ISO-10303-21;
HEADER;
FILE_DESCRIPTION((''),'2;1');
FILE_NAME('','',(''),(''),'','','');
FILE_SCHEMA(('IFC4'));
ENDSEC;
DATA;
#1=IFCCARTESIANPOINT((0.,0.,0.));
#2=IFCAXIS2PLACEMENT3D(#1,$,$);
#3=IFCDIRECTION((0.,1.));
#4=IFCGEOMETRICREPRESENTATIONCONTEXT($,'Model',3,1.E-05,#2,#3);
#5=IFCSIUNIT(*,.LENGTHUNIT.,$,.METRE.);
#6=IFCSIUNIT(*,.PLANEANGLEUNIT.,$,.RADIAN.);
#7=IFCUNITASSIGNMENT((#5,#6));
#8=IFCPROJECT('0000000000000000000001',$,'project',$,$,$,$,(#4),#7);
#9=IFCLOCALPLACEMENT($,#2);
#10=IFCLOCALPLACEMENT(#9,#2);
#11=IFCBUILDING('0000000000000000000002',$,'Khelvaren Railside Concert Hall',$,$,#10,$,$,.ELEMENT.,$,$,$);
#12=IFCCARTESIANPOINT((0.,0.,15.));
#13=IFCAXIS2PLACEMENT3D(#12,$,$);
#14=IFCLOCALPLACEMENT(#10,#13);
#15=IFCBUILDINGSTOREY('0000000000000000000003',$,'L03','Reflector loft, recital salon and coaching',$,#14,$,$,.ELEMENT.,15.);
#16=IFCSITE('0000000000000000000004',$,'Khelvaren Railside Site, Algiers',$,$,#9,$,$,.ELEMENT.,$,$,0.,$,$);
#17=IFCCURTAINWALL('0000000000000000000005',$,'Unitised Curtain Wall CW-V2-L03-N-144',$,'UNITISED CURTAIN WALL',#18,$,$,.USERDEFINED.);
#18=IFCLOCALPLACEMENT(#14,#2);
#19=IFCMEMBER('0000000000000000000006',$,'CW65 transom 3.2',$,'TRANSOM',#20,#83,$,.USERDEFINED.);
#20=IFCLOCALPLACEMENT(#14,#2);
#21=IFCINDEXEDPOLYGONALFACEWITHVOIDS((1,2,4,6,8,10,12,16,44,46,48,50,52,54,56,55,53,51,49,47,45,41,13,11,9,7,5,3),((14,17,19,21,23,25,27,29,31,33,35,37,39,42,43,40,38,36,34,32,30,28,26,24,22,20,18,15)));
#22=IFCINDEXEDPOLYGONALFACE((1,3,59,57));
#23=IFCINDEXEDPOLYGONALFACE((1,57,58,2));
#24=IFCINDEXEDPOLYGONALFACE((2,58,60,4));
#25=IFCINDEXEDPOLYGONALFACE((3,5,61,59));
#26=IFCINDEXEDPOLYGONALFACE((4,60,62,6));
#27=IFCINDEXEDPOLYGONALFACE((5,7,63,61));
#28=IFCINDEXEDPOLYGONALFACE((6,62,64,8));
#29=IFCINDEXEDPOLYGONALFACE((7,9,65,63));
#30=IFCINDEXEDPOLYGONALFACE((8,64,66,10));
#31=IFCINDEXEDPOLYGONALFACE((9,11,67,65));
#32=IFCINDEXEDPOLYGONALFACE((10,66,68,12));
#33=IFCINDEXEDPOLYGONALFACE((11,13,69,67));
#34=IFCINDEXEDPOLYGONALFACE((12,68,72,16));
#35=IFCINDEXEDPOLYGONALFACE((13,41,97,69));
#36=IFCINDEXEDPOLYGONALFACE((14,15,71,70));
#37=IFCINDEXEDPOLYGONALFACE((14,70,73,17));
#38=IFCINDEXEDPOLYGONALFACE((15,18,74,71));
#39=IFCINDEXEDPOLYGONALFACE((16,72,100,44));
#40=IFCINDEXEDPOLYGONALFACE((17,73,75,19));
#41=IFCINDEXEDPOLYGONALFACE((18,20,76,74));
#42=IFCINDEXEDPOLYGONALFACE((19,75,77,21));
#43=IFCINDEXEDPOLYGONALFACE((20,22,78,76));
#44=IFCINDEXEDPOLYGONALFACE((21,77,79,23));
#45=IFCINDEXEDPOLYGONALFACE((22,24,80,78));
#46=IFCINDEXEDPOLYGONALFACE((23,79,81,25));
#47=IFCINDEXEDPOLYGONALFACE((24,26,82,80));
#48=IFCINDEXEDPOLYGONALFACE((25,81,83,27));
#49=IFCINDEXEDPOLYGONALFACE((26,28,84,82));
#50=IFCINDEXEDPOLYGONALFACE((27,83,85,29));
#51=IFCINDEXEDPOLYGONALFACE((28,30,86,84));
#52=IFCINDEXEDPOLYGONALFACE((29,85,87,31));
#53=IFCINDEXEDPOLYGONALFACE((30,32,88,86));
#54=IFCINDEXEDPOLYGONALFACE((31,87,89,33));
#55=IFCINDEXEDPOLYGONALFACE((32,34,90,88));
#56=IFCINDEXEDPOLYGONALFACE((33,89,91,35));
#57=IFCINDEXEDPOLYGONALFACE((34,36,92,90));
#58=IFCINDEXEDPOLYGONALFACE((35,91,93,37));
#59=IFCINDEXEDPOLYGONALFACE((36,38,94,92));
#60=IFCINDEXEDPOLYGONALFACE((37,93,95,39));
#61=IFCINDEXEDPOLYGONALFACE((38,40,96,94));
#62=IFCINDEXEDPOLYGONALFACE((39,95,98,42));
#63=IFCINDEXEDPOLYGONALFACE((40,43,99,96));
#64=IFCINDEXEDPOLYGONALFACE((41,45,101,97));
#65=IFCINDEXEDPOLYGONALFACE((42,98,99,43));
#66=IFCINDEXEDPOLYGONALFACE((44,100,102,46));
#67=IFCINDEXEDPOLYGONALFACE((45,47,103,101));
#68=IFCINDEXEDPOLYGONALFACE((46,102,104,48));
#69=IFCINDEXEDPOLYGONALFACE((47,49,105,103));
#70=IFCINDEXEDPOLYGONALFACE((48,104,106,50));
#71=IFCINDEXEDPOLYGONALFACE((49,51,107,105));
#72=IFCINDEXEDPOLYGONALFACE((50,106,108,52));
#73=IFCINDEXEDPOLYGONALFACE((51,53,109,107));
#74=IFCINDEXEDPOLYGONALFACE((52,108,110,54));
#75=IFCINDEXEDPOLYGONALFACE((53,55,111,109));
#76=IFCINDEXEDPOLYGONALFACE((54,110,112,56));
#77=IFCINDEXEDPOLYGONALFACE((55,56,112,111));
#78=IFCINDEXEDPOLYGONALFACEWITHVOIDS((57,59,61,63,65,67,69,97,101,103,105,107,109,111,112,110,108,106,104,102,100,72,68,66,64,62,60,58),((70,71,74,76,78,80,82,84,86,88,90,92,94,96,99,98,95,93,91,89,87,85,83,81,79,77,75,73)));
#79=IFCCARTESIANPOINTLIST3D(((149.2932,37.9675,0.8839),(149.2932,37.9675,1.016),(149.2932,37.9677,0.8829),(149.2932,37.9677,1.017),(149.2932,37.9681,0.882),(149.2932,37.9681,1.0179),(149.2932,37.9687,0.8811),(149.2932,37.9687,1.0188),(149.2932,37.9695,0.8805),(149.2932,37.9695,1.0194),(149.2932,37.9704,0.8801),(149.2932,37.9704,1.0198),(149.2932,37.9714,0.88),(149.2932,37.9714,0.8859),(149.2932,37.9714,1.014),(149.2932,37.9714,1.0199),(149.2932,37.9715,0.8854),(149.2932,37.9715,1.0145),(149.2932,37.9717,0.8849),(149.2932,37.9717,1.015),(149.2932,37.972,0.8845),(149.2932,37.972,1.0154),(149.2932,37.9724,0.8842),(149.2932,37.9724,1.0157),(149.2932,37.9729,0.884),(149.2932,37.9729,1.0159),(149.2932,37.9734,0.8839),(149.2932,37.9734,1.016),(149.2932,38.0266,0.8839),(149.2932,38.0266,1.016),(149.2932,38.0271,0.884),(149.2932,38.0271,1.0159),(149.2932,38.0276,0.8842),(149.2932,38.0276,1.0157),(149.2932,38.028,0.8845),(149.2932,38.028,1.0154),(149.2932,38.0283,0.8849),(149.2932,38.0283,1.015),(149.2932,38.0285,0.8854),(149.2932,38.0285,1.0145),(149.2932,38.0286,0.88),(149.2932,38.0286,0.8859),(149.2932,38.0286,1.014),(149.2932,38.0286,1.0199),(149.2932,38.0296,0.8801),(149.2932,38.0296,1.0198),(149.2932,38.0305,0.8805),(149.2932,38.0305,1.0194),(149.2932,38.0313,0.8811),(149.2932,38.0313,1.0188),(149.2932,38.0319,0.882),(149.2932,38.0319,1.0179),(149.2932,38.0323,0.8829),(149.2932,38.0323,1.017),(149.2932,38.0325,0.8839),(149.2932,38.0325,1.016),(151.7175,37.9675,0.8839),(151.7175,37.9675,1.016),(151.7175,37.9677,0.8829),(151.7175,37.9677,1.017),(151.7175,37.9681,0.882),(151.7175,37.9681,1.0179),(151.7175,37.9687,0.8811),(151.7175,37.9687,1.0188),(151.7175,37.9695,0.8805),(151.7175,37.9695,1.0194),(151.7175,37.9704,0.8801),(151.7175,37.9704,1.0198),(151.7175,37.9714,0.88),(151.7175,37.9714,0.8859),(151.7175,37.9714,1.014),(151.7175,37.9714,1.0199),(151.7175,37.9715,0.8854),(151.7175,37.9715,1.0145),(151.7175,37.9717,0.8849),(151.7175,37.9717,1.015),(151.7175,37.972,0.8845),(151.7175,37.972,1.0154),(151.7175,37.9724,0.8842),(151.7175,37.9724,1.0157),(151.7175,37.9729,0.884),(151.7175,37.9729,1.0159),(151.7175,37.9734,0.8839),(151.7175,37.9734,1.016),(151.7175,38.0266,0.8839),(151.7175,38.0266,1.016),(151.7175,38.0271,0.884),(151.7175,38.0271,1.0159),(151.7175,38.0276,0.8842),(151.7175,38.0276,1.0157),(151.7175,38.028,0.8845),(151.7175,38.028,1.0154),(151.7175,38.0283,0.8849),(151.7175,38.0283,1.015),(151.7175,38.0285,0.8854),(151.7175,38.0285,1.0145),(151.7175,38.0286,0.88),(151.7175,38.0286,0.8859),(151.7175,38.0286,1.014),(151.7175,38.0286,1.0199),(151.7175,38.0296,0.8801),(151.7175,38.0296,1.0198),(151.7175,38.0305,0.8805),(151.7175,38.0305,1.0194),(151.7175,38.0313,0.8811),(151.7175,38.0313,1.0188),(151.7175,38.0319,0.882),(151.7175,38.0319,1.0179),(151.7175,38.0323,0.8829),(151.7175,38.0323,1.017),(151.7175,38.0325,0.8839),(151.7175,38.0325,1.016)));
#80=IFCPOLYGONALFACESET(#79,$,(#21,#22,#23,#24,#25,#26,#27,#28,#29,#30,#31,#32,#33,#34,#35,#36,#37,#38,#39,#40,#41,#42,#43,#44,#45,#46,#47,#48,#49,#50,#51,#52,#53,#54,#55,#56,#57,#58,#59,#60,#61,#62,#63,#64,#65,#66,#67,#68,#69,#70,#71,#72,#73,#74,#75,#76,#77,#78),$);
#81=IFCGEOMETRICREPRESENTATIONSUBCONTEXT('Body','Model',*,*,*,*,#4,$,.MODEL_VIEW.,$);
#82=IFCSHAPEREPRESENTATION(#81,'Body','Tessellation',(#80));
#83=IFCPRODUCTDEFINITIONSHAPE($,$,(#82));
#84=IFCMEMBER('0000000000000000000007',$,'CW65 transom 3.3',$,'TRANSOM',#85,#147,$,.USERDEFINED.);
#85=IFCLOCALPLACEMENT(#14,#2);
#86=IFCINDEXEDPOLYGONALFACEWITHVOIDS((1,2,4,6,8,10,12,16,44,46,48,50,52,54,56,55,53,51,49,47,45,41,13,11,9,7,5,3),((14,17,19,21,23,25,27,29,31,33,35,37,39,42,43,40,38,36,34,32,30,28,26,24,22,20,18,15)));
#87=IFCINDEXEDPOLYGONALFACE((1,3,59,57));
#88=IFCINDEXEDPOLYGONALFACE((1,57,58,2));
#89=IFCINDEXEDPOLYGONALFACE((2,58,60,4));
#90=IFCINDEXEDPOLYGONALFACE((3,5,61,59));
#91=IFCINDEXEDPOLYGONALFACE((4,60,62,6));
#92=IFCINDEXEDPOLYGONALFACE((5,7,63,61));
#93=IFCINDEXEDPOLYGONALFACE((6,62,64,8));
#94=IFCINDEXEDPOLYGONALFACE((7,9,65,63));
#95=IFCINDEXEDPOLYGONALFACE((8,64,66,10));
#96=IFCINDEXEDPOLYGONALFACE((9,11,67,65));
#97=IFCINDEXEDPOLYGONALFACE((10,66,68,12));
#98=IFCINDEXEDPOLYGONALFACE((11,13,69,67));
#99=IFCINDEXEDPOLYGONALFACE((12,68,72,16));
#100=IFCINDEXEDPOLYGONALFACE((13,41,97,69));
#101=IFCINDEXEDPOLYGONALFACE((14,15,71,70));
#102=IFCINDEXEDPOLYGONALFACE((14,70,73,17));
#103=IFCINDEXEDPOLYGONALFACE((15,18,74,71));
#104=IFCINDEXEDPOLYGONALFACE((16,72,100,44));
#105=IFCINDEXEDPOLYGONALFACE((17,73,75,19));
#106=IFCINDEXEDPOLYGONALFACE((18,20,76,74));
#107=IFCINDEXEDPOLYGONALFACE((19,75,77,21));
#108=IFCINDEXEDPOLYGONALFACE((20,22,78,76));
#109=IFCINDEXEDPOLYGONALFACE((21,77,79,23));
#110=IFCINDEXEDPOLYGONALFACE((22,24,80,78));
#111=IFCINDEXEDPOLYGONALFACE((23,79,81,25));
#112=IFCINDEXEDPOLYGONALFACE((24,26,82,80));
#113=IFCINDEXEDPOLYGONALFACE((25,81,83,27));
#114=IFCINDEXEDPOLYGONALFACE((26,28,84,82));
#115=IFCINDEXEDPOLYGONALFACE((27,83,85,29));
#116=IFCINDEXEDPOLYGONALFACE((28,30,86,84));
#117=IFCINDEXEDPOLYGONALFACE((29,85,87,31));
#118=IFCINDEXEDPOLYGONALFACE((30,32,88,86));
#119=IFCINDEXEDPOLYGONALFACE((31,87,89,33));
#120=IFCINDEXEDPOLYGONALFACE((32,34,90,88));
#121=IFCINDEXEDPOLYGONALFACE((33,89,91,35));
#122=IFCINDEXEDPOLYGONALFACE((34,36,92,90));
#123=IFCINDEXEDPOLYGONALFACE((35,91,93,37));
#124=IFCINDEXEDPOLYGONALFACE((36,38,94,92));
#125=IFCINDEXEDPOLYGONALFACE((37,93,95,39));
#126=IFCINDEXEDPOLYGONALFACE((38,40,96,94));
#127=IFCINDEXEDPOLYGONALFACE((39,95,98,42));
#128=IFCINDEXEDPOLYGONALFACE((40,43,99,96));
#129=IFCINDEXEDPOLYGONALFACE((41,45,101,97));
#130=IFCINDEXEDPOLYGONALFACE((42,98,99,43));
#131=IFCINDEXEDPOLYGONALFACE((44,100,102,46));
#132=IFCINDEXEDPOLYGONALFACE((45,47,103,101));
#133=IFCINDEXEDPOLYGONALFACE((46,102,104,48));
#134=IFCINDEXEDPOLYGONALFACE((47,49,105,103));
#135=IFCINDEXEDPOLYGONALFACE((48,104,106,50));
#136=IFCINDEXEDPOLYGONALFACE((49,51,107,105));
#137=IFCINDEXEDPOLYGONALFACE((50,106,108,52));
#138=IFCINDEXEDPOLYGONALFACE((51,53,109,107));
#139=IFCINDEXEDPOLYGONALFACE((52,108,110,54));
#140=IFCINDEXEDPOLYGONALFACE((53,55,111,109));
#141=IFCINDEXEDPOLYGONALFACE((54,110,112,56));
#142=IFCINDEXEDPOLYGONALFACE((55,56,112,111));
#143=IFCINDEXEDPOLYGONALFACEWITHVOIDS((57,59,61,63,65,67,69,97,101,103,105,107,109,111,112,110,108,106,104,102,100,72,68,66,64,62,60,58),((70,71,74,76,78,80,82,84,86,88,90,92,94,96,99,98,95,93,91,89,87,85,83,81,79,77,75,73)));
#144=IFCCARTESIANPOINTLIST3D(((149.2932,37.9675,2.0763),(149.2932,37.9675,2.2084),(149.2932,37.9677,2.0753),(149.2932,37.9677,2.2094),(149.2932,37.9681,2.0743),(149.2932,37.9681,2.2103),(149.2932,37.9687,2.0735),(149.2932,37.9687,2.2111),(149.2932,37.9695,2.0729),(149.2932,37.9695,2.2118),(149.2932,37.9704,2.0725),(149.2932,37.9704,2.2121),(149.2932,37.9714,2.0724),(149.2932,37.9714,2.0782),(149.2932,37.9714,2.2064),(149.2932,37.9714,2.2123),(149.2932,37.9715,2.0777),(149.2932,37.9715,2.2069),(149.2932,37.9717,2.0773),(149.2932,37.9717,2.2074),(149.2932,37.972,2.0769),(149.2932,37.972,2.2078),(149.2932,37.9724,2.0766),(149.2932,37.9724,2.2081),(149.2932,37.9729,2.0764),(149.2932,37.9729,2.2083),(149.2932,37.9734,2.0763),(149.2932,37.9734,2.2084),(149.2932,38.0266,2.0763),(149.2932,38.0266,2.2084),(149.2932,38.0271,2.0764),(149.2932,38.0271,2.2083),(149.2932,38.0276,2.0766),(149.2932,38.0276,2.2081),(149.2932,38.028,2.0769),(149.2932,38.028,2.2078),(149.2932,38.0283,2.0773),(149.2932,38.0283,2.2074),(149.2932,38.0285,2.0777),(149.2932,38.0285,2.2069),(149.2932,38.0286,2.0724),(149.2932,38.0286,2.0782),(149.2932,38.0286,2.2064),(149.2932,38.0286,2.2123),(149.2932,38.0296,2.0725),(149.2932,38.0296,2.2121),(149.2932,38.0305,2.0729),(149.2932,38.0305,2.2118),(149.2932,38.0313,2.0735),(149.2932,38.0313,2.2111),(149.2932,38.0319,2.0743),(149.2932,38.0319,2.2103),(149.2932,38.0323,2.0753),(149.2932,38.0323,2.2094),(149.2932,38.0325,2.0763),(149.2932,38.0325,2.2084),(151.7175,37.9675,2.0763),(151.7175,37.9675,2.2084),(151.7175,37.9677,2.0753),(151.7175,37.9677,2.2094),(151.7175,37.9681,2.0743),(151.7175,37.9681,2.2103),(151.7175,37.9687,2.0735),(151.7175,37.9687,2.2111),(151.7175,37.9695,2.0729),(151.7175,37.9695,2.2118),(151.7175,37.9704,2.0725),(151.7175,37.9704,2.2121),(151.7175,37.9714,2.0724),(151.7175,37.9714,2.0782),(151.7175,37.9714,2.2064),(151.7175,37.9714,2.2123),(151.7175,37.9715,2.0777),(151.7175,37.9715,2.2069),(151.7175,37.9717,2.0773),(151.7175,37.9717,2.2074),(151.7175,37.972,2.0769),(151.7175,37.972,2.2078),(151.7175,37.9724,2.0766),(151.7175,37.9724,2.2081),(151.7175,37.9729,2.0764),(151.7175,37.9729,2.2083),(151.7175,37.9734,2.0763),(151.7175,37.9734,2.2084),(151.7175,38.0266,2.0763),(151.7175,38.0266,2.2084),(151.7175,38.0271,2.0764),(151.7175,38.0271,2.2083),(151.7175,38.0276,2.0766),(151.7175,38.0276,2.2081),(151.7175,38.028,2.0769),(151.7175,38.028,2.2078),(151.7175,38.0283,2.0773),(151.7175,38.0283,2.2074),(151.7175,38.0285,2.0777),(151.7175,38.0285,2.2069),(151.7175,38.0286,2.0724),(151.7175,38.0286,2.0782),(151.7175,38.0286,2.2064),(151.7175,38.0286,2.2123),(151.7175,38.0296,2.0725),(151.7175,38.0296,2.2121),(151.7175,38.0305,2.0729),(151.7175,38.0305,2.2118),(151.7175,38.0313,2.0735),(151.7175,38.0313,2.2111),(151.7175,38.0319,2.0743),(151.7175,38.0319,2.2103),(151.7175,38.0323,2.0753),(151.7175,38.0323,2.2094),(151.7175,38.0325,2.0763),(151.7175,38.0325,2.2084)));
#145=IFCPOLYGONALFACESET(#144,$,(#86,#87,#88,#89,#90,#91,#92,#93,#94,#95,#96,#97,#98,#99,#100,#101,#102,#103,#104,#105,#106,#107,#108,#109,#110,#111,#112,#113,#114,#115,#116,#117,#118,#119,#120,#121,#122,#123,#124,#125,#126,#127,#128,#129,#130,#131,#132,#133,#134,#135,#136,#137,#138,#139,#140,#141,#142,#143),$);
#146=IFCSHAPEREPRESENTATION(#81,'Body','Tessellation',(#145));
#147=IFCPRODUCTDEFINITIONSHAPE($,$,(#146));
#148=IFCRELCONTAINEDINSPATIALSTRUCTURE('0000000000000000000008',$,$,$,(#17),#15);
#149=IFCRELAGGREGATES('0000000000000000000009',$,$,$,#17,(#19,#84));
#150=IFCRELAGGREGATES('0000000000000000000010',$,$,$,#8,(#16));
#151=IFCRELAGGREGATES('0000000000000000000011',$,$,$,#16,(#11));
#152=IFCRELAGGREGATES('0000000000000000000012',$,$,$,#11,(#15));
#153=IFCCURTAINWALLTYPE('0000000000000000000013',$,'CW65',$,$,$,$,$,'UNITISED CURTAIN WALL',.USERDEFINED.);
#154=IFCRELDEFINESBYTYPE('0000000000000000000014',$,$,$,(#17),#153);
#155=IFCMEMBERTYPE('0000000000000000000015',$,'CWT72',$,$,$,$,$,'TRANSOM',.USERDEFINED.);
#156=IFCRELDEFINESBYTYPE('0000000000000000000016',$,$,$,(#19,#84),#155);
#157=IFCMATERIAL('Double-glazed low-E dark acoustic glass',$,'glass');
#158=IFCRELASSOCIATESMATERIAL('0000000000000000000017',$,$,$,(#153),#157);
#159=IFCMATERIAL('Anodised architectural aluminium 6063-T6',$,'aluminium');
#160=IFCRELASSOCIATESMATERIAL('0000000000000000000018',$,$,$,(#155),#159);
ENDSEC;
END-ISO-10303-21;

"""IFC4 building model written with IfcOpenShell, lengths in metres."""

from ifc_helpers import new_model, si_unit, direction, frame, origin, origin_2d, place, context, subcontext, project, spatial, hollow_rectangle, extrude, material, material_profile, profile_set, type_object, element, aggregate, save


model = new_model("IFC4")

# Units and contexts
model_context = context("Model", 3, precision=1e-05, world=origin(), true_north=direction((0.0, 1.0)))
body_context = subcontext(model_context, "Body", "Model", "MODEL_VIEW")
ifc_project = project(units=[si_unit("LENGTHUNIT", "METRE"), si_unit("PLANEANGLEUNIT", "RADIAN")], contexts=[model_context])

# Site, building, storey
site_placement = place(None, origin())
site = spatial("IfcSite", under=ifc_project, at=site_placement, Name="Khelvaren Railside Site, Algiers", CompositionType="ELEMENT", RefElevation=0.0)
building_placement = place(site_placement, origin())
building = spatial("IfcBuilding", under=site, at=building_placement, Name="Khelvaren Railside Concert Hall", CompositionType="ELEMENT")
storey_placement = place(building_placement, frame((0.0, 0.0, 15.0)))
storey = spatial("IfcBuildingStorey", under=building, at=storey_placement, Name="L03", Description="Reflector loft, recital salon and coaching", CompositionType="ELEMENT", Elevation=15.0)

# Curtain wall
ifc_material_1 = material(Name="Double-glazed low-E dark acoustic glass", Category="glass")
curtain_wall_type_1 = type_object("IfcCurtainWallType", Name="CW65", ElementType="UNITISED CURTAIN WALL", PredefinedType="USERDEFINED", material=ifc_material_1)
curtain_wall_1_placement = place(storey_placement, origin())
curtain_wall_1 = element("IfcCurtainWall", 1, at=curtain_wall_1_placement, inside=storey, type_object=curtain_wall_type_1, Name="Unitised Curtain Wall CW-V2-L03-N-144", ObjectType="UNITISED CURTAIN WALL", PredefinedType="USERDEFINED")
ifc_material_2 = material(Name="Anodised architectural aluminium 6063-T6", Category="aluminium")

# Members
ifc_material_profile_1 = material_profile(ifc_material_2, hollow_rectangle(XDim=0.0649, YDim=0.1399, WallThickness=0.0039, InnerFilletRadius=0.002, OuterFilletRadius=0.0039, at=origin_2d()), Name="CWT 65x140x4")
ifc_profile_set_1 = profile_set([ifc_material_profile_1], Name="Anodised architectural aluminium 6063-T6")
member_type_1 = type_object("IfcMemberType", Name="CWT72", ElementType="TRANSOM", PredefinedType="USERDEFINED", material=ifc_profile_set_1)
member_1_placement = place(storey_placement, frame((149.2932, 38.0, 0.95), z_axis=(1.0, 0.0, 0.0), x_axis=(0.0, 1.0, 0.0)))
member_1 = element("IfcMember", 2, at=member_1_placement, type_object=member_type_1, Name="CW65 transom 3.2", ObjectType="TRANSOM", PredefinedType="USERDEFINED", context=body_context, shape_type="SweptSolid", body=[
    extrude(hollow_rectangle(XDim=0.0649, YDim=0.1399, WallThickness=0.0039, InnerFilletRadius=0.002, OuterFilletRadius=0.0039, at=origin_2d()), origin(), (0.0, 0.0, 1.0), 2.4243),
])
member_2_placement = place(storey_placement, frame((149.2932, 38.0, 2.1423), z_axis=(1.0, 0.0, 0.0), x_axis=(0.0, 1.0, 0.0)))
member_2 = element("IfcMember", 3, at=member_2_placement, type_object=member_type_1, Name="CW65 transom 3.3", ObjectType="TRANSOM", PredefinedType="USERDEFINED", context=body_context, shape_type="SweptSolid", body=[
    extrude(hollow_rectangle(XDim=0.0649, YDim=0.1399, WallThickness=0.0039, InnerFilletRadius=0.002, OuterFilletRadius=0.0039, at=origin_2d()), origin(), (0.0, 0.0, 1.0), 2.4243),
])

aggregate(curtain_wall_1, [member_1, member_2])

save(model, "model.ifc")
